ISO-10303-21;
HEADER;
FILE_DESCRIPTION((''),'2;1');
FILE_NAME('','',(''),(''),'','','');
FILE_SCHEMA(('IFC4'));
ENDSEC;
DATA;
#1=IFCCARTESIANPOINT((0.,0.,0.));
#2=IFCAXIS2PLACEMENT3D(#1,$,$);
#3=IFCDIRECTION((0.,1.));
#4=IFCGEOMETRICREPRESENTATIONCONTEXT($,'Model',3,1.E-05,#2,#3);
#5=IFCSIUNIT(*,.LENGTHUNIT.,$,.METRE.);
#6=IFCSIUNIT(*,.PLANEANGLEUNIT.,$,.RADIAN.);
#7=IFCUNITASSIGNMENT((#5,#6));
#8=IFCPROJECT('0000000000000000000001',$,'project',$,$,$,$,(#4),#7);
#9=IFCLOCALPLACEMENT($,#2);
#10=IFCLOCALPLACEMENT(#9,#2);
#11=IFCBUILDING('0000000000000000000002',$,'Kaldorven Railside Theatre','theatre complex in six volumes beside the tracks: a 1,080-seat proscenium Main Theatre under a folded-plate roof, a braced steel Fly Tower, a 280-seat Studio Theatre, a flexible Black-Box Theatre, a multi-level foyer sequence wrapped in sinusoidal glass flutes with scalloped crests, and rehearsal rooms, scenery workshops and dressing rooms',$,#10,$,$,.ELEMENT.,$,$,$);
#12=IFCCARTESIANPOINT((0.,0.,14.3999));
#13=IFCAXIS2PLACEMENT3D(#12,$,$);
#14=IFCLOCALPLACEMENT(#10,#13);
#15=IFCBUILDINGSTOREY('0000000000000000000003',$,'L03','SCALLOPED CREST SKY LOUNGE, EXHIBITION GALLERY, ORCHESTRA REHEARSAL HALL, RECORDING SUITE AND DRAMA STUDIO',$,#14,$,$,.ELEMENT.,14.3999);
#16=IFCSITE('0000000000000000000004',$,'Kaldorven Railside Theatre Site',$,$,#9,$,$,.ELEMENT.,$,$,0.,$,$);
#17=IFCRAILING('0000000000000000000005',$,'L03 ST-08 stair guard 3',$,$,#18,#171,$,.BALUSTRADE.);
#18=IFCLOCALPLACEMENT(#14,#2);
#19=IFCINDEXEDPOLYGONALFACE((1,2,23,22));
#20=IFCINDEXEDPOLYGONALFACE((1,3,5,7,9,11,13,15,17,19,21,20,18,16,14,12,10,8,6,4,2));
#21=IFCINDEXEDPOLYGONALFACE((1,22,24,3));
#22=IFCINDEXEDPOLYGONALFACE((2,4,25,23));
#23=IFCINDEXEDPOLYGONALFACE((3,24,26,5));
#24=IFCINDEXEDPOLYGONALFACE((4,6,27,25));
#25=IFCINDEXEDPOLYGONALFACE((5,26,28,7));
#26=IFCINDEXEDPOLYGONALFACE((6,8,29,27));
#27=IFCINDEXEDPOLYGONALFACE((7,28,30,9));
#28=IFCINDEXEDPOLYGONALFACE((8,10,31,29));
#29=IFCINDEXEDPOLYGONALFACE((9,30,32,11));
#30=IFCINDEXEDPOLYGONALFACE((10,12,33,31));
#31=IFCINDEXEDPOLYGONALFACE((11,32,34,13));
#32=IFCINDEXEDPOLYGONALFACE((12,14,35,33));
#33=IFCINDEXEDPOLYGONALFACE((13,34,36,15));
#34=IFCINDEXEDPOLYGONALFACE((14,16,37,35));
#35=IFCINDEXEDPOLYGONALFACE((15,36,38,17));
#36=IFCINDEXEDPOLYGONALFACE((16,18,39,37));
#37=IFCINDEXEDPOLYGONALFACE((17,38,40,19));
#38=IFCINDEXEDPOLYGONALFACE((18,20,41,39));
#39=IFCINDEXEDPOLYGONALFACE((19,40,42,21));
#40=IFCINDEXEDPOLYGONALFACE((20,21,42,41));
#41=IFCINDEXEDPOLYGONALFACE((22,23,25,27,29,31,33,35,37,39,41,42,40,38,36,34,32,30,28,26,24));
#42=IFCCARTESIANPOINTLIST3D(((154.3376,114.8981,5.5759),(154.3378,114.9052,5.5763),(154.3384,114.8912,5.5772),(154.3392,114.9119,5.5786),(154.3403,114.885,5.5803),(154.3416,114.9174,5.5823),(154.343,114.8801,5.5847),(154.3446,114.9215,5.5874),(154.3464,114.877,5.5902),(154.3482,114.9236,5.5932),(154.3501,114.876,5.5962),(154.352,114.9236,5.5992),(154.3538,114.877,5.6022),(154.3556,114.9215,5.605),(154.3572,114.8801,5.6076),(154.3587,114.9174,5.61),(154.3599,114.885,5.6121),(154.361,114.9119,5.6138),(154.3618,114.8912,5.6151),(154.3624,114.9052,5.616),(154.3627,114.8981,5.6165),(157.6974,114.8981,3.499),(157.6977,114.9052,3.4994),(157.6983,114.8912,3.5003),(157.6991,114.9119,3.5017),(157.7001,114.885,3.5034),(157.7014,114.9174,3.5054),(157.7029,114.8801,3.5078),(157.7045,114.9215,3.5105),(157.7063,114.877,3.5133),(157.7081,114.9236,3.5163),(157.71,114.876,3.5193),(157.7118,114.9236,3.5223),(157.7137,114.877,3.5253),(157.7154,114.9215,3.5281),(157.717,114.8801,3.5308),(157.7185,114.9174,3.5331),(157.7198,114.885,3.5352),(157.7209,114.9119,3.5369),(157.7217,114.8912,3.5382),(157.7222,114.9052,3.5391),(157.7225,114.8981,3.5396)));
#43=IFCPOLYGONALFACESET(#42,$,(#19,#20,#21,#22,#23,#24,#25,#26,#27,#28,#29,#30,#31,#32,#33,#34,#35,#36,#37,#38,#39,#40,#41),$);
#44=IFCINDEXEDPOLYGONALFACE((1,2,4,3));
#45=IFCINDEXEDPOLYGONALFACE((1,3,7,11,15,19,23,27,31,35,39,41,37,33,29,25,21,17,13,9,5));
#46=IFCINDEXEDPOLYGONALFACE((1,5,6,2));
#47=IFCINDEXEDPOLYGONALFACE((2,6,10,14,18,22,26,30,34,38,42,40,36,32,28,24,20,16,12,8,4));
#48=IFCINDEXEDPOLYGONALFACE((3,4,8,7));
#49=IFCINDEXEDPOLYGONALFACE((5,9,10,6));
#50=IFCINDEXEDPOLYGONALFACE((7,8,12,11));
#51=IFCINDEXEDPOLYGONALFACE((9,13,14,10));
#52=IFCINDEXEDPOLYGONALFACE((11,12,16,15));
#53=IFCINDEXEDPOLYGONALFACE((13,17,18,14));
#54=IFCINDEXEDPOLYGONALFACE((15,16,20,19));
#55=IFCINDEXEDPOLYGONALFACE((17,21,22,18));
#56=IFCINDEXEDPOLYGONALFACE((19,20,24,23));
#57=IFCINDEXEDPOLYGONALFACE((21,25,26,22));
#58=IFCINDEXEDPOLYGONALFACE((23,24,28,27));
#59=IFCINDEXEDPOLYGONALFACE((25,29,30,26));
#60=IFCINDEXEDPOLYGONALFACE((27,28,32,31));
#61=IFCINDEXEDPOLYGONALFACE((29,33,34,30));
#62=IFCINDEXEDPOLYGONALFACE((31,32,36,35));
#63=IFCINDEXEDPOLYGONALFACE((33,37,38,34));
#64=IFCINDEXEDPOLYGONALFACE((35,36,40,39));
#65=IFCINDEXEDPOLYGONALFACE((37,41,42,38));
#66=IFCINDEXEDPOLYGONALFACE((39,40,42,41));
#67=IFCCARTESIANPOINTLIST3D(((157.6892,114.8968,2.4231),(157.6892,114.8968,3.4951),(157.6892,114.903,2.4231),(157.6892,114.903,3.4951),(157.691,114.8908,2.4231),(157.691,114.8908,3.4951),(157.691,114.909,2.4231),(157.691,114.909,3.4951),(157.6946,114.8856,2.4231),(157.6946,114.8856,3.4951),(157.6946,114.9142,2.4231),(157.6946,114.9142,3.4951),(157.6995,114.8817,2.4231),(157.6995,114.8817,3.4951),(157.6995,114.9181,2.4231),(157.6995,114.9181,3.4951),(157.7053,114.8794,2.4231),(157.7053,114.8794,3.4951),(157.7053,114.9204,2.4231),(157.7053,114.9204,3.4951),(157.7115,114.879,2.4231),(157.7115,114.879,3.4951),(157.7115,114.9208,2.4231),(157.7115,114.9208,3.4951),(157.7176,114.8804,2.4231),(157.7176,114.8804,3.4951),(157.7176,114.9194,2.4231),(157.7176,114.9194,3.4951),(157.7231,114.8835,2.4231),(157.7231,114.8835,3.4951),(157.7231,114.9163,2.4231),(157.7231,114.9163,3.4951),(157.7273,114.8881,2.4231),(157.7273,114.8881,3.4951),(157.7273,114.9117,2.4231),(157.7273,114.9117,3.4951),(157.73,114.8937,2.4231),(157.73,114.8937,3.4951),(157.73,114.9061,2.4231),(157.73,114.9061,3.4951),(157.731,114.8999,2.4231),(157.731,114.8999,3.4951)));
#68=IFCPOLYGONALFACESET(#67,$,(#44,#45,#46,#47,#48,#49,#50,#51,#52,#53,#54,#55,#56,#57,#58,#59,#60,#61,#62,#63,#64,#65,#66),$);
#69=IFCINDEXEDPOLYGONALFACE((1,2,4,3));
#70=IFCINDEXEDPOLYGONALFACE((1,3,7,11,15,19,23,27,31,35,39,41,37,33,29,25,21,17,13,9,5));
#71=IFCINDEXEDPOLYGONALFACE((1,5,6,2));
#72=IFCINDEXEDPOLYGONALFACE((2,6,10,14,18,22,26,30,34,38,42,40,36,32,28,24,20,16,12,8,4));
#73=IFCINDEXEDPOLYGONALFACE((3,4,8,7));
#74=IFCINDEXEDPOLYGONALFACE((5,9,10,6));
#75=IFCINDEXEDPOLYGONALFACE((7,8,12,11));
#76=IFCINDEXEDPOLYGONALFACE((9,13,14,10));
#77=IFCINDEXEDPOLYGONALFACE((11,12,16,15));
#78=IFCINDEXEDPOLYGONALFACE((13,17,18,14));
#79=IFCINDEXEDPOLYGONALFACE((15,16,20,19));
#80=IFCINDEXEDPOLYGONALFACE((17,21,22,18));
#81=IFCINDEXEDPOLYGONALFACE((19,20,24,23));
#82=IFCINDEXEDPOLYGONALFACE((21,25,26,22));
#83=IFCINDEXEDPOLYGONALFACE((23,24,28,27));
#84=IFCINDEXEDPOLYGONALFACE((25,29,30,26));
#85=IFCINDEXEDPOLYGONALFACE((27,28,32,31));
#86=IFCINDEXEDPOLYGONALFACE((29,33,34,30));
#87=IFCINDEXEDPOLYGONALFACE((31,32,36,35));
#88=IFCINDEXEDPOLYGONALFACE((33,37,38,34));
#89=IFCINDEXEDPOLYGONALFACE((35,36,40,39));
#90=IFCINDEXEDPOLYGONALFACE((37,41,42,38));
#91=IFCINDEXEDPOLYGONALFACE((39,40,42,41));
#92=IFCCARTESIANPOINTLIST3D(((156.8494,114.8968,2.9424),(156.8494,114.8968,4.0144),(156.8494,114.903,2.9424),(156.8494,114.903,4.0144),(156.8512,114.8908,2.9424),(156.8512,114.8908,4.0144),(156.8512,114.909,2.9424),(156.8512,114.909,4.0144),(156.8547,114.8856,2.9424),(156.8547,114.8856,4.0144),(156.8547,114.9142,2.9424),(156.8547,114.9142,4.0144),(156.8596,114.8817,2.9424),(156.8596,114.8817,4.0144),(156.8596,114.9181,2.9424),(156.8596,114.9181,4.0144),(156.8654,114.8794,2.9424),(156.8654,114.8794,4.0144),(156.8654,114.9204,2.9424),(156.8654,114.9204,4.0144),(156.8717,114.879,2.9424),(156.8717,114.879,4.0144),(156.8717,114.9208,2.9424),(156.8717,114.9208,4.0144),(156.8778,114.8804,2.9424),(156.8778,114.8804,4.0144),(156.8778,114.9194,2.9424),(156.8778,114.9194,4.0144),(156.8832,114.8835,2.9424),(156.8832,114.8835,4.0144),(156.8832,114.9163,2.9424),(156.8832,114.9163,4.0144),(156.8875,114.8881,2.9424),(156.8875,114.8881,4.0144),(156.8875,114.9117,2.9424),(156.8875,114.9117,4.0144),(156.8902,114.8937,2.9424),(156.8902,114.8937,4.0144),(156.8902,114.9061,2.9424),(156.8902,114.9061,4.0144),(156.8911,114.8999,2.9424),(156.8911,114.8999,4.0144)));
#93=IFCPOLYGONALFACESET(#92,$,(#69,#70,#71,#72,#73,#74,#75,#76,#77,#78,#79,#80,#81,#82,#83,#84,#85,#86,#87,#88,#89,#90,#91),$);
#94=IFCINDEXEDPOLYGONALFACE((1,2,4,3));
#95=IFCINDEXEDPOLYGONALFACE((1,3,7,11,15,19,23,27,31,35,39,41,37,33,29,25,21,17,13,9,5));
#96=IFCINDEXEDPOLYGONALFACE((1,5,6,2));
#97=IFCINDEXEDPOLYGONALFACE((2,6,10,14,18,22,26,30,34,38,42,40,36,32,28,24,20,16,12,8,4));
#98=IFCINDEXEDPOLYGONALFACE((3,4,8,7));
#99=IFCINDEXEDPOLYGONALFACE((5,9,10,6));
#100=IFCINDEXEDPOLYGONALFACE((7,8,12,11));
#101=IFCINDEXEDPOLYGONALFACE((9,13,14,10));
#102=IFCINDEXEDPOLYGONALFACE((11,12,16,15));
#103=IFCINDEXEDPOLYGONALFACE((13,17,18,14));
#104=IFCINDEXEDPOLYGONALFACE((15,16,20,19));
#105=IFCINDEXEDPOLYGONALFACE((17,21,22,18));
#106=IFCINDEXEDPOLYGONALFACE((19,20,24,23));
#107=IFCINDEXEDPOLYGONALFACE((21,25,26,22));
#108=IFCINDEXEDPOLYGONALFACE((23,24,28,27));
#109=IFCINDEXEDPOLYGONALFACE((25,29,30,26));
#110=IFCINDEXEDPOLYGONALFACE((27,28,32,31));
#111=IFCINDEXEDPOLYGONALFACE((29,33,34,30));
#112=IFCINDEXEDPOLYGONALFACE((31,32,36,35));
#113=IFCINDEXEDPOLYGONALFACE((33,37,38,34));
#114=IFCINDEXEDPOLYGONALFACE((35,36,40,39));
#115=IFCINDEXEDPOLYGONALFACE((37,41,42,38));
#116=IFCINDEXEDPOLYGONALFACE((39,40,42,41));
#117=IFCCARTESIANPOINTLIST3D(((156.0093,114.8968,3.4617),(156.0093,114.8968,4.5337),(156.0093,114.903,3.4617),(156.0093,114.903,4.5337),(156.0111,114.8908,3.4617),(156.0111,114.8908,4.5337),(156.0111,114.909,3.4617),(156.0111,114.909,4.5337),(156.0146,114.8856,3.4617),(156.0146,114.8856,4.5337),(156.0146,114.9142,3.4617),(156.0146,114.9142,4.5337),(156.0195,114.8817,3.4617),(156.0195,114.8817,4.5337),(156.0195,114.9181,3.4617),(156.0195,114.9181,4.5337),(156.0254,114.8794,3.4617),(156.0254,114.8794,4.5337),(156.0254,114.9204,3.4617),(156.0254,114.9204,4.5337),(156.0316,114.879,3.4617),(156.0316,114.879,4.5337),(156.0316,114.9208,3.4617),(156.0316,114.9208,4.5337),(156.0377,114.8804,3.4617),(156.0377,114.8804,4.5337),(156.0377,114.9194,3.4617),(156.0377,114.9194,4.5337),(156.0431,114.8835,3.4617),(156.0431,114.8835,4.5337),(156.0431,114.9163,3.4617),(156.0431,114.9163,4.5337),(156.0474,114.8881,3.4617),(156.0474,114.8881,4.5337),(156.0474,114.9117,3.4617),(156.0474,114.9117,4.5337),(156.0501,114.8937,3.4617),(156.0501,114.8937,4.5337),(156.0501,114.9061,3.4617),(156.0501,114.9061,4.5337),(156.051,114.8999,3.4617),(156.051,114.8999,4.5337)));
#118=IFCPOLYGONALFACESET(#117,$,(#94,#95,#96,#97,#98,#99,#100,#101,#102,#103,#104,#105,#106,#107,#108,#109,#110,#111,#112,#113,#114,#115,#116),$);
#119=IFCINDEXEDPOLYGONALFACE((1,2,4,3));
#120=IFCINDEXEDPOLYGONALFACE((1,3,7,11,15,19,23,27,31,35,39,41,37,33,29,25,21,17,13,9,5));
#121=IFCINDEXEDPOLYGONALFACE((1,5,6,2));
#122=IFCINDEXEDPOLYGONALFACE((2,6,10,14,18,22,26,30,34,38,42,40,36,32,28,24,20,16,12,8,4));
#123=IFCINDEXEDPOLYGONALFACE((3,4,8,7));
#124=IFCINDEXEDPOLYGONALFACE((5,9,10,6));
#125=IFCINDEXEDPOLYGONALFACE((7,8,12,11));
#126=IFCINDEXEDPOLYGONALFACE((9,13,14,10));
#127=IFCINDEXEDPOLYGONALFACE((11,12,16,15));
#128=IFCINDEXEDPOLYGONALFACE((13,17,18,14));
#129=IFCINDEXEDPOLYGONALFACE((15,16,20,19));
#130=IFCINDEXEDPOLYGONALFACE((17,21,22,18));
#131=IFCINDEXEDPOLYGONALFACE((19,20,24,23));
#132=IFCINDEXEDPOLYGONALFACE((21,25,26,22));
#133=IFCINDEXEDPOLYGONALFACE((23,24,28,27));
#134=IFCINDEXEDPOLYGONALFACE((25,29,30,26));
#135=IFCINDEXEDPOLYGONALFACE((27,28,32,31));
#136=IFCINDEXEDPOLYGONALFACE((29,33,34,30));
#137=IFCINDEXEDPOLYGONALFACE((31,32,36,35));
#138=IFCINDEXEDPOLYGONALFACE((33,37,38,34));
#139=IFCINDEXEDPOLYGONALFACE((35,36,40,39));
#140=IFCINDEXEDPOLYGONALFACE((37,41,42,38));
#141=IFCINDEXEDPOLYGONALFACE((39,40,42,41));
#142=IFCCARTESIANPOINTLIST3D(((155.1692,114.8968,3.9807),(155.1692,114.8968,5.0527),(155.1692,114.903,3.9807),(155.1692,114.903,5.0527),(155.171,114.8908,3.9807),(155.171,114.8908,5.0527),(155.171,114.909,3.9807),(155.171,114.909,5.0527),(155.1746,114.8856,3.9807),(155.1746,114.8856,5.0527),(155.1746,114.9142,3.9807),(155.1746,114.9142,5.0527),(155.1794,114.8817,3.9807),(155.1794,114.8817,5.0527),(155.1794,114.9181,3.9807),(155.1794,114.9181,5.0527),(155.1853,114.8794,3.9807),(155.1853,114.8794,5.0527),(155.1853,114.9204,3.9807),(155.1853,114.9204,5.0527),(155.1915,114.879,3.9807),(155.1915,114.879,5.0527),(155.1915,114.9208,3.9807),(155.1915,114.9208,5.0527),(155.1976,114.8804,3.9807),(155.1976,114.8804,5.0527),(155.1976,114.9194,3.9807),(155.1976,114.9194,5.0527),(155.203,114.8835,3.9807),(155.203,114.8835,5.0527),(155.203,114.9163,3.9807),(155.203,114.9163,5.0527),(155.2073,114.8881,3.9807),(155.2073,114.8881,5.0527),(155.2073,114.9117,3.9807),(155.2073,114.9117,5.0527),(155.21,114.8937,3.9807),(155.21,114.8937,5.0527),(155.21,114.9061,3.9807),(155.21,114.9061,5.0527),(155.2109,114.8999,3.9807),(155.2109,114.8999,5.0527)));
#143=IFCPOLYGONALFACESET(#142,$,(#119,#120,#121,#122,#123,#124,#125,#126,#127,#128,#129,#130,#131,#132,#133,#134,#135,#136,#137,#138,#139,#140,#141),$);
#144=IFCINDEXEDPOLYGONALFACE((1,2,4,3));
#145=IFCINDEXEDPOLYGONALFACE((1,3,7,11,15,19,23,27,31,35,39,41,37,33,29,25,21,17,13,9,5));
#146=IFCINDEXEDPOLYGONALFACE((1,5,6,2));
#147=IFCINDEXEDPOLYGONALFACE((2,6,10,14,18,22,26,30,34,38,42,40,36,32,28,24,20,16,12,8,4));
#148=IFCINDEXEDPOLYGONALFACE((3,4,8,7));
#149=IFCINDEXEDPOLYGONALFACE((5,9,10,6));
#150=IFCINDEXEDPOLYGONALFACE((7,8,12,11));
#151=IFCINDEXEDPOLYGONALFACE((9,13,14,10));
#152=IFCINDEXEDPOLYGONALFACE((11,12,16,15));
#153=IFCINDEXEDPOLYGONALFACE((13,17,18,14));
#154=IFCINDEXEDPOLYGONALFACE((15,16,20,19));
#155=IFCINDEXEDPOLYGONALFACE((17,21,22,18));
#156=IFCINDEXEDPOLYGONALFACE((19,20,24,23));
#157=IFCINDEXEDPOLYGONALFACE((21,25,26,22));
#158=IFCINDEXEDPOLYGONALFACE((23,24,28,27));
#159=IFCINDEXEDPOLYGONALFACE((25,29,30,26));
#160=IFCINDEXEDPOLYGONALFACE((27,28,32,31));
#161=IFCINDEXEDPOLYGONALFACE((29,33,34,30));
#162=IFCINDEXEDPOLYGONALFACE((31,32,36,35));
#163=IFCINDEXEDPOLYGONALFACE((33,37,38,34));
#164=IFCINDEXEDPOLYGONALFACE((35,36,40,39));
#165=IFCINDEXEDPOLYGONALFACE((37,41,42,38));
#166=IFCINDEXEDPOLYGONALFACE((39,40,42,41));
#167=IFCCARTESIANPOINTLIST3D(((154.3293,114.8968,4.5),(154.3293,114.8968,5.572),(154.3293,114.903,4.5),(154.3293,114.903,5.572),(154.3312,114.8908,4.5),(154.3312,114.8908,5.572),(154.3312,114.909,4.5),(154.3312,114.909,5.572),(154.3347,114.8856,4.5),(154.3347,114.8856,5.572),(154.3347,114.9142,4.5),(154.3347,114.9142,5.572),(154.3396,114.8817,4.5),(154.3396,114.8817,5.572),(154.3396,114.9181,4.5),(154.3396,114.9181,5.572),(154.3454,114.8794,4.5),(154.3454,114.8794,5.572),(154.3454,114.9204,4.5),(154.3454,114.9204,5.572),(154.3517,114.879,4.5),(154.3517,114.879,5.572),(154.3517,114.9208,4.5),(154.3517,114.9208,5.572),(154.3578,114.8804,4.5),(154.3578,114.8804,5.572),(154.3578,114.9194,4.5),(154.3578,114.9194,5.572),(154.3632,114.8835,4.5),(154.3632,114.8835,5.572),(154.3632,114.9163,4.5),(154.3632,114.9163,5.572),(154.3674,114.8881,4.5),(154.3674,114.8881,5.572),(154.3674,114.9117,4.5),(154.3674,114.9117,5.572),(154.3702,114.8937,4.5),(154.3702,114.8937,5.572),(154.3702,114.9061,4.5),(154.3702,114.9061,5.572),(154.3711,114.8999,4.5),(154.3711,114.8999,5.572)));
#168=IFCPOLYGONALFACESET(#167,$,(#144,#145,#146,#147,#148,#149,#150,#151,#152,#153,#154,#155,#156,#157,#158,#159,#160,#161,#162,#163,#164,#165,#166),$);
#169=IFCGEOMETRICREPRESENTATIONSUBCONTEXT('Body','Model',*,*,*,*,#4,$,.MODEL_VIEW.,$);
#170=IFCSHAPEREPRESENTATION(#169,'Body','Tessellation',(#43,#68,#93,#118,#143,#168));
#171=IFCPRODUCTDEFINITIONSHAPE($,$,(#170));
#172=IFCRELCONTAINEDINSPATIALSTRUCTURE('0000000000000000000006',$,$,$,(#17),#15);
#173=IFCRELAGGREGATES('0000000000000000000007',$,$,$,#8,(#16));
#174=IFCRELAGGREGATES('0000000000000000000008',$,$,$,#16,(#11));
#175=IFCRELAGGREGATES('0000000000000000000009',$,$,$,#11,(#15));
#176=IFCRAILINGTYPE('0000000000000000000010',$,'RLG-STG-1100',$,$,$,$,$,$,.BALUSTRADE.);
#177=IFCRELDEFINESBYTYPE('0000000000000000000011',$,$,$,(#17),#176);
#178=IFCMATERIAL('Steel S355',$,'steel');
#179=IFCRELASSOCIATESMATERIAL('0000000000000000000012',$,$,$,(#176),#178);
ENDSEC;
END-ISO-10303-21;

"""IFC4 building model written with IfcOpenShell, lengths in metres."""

from ifc_helpers import new_model, si_unit, direction, frame, origin, origin_2d, place, context, subcontext, project, spatial, circle, extrude, material, type_object, element, save


model = new_model("IFC4")

# Units and contexts
model_context = context("Model", 3, precision=1e-05, world=origin(), true_north=direction((0.0, 1.0)))
body_context = subcontext(model_context, "Body", "Model", "MODEL_VIEW")
ifc_project = project(units=[si_unit("LENGTHUNIT", "METRE"), si_unit("PLANEANGLEUNIT", "RADIAN")], contexts=[model_context])

# Site, building, storey
site_placement = place(None, origin())
site = spatial("IfcSite", under=ifc_project, at=site_placement, Name="Kaldorven Railside Theatre Site", CompositionType="ELEMENT", RefElevation=0.0)
building_placement = place(site_placement, origin())
building = spatial("IfcBuilding", under=site, at=building_placement, Name="Kaldorven Railside Theatre", Description="theatre complex in six volumes beside the tracks: a 1,080-seat proscenium Main Theatre under a folded-plate roof, a braced steel Fly Tower, a 280-seat Studio Theatre, a flexible Black-Box Theatre, a multi-level foyer sequence wrapped in sinusoidal glass flutes with scalloped crests, and rehearsal rooms, scenery workshops and dressing rooms", CompositionType="ELEMENT")
storey_placement = place(building_placement, frame((0.0, 0.0, 14.3999)))
storey = spatial("IfcBuildingStorey", under=building, at=storey_placement, Name="L03", Description="SCALLOPED CREST SKY LOUNGE, EXHIBITION GALLERY, ORCHESTRA REHEARSAL HALL, RECORDING SUITE AND DRAMA STUDIO", CompositionType="ELEMENT", Elevation=14.3999)

# Shared definitions
ifc_material_1 = material(Name="Steel S355", Category="steel")

# Railing
railing_type_1 = type_object("IfcRailingType", Name="RLG-STG-1100", PredefinedType="BALUSTRADE", material=ifc_material_1)
railing_1_placement = place(storey_placement, frame((157.71, 114.8999, 2.4231)))
element("IfcRailing", 1, at=railing_1_placement, inside=storey, type_object=railing_type_1, Name="L03 ST-08 stair guard 3", PredefinedType="BALUSTRADE", context=body_context, shape_type="SweptSolid", body=[
    extrude(circle(Radius=0.0239, at=origin_2d()), frame((0.0, 0.0, 1.0962), z_axis=(-0.850606, 0.0, 0.525803), x_axis=(0.0, -1.0, 0.0)), (0.0, 0.0, 1.0), 3.95),
    extrude(circle(Radius=0.021, at=origin_2d()), origin(), (0.0, 0.0, 1.0), 1.072),
    extrude(circle(Radius=0.021, at=origin_2d()), frame((-0.8398, 0.0, 0.5193)), (0.0, 0.0, 1.0), 1.072),
    extrude(circle(Radius=0.021, at=origin_2d()), frame((-1.6799, 0.0, 1.0386)), (0.0, 0.0, 1.0), 1.072),
    extrude(circle(Radius=0.021, at=origin_2d()), frame((-2.52, 0.0, 1.5576)), (0.0, 0.0, 1.0), 1.072),
    extrude(circle(Radius=0.021, at=origin_2d()), frame((-3.3599, 0.0, 2.0769)), (0.0, 0.0, 1.0), 1.072),
])

save(model, "model.ifc")
